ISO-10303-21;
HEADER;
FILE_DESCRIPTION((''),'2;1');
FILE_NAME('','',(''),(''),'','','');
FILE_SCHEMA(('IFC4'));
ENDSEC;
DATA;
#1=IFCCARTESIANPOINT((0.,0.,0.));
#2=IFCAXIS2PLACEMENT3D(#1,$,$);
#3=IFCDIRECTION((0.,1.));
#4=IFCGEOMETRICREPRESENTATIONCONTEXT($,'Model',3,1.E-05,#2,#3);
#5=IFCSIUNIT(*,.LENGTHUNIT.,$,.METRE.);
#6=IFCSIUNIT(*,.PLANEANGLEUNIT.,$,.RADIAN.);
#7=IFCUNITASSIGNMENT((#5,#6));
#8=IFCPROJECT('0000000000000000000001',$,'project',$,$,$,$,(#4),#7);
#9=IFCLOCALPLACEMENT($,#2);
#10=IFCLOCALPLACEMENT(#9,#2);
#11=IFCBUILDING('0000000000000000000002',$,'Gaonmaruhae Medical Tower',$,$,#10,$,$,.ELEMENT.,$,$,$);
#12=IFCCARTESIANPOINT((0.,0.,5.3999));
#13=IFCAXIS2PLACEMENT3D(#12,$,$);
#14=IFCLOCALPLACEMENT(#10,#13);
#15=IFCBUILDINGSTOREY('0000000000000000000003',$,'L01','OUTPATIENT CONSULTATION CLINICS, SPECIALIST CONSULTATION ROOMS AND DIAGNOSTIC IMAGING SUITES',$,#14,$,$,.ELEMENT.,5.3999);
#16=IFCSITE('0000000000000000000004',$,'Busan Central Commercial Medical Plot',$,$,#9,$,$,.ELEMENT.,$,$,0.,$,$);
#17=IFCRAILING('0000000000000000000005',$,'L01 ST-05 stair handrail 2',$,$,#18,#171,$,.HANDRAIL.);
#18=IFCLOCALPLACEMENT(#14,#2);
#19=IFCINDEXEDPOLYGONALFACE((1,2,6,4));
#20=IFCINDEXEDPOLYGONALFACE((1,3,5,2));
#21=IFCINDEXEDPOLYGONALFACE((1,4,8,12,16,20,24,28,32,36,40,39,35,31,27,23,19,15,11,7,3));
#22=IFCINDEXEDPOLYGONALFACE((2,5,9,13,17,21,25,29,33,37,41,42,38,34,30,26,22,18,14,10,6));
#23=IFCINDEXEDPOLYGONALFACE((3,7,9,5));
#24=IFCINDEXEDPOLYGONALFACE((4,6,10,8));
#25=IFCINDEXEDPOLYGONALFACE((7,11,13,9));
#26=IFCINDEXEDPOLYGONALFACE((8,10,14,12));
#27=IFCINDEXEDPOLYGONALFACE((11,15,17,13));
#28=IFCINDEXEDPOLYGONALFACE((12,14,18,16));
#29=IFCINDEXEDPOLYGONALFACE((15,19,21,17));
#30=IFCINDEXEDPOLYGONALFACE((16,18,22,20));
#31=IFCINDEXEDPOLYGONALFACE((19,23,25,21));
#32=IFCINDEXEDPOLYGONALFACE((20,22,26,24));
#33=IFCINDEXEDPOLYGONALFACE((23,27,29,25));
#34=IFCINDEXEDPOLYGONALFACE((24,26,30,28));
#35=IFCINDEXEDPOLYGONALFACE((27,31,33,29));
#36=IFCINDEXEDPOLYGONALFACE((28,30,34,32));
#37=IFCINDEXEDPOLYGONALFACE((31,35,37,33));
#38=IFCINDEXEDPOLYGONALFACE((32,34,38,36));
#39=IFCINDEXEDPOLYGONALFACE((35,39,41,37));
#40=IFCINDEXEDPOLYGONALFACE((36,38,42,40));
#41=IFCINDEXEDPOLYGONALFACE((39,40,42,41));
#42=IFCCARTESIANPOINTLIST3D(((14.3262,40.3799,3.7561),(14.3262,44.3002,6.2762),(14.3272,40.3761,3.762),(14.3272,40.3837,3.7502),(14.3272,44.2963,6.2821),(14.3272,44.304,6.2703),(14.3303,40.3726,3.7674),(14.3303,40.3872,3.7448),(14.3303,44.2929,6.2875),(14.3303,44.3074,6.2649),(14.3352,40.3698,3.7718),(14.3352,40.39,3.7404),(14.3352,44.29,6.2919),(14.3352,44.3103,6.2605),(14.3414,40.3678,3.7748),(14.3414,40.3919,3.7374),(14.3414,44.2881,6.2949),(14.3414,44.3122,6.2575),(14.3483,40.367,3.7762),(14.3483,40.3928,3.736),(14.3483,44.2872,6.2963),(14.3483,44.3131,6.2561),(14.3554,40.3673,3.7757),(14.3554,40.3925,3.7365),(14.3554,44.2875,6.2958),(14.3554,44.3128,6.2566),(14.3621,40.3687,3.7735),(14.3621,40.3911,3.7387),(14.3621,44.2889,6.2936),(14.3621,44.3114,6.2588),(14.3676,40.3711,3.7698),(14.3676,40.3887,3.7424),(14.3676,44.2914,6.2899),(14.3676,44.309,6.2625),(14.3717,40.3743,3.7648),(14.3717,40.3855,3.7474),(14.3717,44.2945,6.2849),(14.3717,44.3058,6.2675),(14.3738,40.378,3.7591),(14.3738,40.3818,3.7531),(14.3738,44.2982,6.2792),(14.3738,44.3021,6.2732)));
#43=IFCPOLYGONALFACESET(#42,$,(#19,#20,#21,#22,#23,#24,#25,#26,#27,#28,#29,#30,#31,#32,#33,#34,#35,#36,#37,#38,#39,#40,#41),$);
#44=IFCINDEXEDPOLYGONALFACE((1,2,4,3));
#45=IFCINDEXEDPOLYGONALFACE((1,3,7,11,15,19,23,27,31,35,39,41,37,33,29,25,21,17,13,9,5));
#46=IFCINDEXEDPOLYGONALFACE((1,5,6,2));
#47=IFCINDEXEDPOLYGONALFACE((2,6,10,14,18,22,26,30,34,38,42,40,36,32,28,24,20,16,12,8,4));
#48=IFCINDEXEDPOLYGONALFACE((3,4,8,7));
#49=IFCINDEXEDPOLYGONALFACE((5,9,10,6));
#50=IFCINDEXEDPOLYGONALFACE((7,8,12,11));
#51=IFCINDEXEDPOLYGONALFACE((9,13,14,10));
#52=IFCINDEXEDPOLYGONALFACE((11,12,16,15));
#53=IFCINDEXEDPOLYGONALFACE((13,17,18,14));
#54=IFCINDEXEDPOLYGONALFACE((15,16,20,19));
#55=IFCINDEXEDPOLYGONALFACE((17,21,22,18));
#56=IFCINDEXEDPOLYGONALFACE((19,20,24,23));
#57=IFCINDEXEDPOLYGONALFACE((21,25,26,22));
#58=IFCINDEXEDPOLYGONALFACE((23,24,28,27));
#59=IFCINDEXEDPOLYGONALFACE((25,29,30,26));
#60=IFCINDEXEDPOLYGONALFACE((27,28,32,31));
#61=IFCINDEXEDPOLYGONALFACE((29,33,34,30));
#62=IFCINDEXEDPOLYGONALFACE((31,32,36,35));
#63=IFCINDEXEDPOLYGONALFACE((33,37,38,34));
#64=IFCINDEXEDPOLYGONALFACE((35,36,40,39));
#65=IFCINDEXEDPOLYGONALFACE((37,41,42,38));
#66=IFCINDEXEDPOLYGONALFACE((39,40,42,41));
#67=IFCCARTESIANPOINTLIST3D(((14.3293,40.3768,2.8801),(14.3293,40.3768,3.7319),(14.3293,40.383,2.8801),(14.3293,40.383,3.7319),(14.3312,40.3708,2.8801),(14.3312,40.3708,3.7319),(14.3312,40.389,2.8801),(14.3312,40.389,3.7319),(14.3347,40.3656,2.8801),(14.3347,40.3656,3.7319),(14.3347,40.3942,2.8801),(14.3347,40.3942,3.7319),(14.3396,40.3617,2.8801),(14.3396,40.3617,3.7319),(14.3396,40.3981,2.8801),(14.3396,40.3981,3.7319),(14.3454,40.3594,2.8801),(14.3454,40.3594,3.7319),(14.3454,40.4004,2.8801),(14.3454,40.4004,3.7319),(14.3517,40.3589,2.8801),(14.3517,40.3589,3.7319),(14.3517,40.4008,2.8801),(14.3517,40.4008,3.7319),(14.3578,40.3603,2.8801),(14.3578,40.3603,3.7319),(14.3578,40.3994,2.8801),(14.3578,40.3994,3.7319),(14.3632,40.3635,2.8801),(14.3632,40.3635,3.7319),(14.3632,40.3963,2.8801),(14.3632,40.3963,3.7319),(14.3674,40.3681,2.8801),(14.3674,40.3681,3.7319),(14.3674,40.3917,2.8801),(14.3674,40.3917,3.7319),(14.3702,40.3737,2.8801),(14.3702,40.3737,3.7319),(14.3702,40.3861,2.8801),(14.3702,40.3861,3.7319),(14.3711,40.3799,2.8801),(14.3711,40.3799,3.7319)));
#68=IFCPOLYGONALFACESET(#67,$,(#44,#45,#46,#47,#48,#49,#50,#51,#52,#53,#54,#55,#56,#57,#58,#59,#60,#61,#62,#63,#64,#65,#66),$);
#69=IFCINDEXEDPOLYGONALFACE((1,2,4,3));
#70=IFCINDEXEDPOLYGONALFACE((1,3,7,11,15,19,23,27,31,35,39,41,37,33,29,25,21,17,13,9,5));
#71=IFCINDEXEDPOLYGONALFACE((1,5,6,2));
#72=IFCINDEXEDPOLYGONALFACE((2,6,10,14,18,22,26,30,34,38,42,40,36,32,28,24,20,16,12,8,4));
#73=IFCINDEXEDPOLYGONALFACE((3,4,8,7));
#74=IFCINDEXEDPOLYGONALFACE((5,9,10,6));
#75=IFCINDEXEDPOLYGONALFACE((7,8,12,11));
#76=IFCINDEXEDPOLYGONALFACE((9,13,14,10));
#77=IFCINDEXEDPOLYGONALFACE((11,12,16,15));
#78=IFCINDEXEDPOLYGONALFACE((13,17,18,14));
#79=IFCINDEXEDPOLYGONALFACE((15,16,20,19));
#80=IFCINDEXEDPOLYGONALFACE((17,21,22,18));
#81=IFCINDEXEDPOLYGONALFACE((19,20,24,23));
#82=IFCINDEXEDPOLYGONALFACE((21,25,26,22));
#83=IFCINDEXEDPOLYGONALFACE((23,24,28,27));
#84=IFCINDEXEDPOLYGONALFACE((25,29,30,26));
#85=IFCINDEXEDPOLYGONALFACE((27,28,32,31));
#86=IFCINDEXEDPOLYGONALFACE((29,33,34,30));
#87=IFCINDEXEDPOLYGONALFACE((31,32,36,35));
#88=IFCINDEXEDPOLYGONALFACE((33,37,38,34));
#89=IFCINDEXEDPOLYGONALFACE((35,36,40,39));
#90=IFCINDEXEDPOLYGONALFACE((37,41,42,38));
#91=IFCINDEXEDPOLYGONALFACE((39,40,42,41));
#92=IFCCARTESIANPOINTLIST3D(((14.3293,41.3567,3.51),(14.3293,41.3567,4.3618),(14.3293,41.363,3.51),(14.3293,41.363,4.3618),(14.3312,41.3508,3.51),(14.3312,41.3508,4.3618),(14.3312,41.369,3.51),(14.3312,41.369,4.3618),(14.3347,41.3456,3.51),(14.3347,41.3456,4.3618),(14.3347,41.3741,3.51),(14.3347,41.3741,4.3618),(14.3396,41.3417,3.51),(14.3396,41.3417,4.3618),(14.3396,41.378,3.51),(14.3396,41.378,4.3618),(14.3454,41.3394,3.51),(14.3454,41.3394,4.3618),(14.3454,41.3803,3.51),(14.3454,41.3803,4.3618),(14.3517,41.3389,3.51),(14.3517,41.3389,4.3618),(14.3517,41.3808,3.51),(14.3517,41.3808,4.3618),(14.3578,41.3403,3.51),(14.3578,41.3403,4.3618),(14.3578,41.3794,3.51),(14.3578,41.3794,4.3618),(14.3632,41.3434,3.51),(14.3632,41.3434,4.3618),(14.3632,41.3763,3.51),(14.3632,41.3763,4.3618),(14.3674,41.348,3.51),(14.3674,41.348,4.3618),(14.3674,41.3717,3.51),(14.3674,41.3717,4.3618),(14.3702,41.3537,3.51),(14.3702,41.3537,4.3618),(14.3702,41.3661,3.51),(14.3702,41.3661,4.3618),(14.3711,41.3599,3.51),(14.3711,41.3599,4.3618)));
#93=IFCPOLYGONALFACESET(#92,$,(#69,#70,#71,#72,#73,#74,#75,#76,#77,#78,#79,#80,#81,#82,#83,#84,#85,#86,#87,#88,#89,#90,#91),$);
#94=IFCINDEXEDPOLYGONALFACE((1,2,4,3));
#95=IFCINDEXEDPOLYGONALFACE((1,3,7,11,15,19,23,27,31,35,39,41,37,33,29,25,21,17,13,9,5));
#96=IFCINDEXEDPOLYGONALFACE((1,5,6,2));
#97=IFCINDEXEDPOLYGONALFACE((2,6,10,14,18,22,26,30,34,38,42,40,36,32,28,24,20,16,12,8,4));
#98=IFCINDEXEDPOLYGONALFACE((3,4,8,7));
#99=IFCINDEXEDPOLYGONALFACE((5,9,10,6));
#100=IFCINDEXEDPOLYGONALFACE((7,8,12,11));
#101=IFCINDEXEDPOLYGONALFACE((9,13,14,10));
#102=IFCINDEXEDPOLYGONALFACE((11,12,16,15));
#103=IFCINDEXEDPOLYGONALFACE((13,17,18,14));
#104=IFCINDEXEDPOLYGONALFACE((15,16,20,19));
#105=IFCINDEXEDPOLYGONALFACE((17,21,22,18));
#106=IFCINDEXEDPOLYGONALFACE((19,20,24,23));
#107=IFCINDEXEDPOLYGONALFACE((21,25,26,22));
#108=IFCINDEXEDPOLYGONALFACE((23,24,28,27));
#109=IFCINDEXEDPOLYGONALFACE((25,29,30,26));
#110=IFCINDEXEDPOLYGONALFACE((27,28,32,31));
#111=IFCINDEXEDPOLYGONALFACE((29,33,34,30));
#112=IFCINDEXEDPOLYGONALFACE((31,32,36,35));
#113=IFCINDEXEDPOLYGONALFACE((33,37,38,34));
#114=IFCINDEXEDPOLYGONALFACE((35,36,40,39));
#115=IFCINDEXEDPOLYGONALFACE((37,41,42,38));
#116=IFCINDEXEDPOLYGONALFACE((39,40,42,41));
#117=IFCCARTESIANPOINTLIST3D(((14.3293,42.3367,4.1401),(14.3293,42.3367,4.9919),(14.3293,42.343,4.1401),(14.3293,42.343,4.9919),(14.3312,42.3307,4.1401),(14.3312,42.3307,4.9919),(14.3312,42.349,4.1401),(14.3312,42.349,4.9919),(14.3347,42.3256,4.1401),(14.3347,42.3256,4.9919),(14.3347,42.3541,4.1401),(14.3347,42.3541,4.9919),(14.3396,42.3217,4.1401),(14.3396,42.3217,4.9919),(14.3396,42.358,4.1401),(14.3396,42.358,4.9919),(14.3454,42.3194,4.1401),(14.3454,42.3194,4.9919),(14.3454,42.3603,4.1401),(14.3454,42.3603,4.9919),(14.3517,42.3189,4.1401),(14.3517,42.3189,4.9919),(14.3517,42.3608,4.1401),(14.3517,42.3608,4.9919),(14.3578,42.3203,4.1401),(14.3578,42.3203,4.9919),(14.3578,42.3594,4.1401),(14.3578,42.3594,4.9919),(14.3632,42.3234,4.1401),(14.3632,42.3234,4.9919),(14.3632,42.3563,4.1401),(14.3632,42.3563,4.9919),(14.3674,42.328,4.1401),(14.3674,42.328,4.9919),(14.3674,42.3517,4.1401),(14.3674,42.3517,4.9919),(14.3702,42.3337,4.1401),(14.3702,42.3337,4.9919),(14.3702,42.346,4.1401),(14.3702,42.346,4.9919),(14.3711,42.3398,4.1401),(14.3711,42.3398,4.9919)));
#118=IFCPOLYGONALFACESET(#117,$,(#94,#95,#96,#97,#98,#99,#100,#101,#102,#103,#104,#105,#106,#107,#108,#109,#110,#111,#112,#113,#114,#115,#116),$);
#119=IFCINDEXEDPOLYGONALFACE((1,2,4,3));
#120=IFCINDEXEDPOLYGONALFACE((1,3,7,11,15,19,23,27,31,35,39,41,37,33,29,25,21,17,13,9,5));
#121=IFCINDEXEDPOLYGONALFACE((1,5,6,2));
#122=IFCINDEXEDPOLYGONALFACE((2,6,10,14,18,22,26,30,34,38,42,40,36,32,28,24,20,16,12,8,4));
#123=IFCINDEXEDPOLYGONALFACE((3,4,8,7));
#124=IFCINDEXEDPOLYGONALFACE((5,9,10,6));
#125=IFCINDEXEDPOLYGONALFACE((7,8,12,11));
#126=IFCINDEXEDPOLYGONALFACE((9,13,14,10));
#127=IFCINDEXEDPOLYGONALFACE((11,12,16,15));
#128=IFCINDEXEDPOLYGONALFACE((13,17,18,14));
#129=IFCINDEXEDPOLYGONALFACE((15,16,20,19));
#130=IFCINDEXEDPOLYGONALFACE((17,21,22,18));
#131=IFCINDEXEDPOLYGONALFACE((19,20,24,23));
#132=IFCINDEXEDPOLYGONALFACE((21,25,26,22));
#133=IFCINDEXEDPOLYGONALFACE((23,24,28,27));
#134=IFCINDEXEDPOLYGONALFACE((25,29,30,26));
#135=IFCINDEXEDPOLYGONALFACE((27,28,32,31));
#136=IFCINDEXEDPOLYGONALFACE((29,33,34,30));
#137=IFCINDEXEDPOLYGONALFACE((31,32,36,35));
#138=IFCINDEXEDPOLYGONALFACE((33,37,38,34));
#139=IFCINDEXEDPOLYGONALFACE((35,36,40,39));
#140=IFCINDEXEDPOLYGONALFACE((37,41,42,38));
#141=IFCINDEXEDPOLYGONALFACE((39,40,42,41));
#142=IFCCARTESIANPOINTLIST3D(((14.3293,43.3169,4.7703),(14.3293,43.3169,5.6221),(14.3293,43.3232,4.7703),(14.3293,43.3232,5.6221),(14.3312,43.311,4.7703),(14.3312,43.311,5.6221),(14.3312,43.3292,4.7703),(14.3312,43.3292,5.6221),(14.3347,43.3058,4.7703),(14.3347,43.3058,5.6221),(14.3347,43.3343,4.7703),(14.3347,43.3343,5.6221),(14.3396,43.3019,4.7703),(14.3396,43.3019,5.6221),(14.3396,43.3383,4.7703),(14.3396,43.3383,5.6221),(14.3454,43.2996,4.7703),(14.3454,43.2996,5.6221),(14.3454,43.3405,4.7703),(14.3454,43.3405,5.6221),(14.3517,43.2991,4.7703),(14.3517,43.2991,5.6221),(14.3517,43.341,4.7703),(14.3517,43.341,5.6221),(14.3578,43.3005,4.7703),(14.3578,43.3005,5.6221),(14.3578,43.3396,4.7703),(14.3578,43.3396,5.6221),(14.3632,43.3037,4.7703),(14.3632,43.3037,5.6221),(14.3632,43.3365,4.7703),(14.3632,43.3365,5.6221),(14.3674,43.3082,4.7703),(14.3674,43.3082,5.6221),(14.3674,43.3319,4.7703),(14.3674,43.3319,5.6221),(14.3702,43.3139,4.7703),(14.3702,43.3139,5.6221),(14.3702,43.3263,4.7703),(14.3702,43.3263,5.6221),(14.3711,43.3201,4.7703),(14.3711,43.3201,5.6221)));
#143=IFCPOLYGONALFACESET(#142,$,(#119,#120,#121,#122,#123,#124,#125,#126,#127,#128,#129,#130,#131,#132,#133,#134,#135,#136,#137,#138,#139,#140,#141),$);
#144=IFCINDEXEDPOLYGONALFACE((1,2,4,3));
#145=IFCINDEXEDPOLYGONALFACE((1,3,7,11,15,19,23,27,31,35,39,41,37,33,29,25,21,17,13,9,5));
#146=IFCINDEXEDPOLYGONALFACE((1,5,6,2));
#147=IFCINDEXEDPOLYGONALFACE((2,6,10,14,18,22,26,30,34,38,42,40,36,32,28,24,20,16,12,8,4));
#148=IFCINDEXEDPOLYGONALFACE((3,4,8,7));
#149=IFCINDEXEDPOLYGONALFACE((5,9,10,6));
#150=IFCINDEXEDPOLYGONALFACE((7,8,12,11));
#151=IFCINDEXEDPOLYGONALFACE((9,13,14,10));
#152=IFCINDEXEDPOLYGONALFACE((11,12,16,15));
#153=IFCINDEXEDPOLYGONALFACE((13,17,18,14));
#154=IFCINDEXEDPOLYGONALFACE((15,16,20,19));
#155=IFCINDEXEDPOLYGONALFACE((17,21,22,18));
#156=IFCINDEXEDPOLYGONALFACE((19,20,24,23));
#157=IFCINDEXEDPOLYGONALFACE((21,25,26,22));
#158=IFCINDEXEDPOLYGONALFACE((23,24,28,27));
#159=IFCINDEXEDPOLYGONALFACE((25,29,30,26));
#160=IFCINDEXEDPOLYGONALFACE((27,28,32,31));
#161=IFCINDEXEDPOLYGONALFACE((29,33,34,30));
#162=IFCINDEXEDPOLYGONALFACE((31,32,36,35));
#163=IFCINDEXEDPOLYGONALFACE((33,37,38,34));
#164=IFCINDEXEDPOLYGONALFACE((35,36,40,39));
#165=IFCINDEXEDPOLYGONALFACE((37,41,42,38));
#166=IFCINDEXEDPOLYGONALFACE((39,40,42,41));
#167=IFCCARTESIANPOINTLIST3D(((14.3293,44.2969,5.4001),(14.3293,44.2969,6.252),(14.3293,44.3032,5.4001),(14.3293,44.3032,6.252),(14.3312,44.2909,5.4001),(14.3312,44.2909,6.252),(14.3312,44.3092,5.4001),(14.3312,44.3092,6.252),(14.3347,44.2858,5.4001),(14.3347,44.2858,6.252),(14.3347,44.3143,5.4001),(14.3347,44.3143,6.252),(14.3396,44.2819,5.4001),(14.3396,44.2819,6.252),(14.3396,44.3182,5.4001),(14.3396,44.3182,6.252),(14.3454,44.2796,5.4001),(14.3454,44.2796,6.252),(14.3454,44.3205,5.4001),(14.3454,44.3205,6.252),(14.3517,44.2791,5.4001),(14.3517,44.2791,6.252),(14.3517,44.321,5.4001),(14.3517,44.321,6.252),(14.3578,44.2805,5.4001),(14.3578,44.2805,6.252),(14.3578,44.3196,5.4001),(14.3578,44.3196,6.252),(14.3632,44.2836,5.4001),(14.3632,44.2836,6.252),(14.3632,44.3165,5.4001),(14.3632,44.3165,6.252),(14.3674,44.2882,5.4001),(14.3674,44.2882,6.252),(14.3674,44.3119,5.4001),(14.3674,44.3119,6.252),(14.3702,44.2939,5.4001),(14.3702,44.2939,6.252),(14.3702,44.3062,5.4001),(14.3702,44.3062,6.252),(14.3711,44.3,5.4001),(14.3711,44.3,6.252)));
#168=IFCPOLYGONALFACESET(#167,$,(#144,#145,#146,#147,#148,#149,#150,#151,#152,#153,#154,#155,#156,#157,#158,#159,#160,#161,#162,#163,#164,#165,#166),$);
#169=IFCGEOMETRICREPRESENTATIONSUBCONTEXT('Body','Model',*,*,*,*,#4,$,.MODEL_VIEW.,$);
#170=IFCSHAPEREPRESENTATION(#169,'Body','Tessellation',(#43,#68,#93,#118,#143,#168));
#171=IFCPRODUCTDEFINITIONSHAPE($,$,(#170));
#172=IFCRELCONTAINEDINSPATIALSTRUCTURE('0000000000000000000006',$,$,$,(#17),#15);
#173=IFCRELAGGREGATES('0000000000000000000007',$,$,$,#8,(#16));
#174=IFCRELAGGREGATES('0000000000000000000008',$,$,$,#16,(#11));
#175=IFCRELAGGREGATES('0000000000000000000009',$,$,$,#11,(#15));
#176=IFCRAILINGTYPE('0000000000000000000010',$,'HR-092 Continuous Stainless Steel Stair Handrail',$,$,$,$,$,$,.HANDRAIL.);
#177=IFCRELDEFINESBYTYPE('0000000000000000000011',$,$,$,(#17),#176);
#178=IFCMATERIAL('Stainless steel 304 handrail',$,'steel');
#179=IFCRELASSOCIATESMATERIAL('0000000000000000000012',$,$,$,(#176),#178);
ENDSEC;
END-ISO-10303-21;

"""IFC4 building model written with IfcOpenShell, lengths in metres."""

from ifc_helpers import new_model, si_unit, direction, frame, origin, origin_2d, place, context, subcontext, project, spatial, circle, extrude, material, type_object, element, save


model = new_model("IFC4")

# Units and contexts
model_context = context("Model", 3, precision=1e-05, world=origin(), true_north=direction((0.0, 1.0)))
body_context = subcontext(model_context, "Body", "Model", "MODEL_VIEW")
ifc_project = project(units=[si_unit("LENGTHUNIT", "METRE"), si_unit("PLANEANGLEUNIT", "RADIAN")], contexts=[model_context])

# Site, building, storey
site_placement = place(None, origin())
site = spatial("IfcSite", under=ifc_project, at=site_placement, Name="Busan Central Commercial Medical Plot", CompositionType="ELEMENT", RefElevation=0.0)
building_placement = place(site_placement, origin())
building = spatial("IfcBuilding", under=site, at=building_placement, Name="Gaonmaruhae Medical Tower", CompositionType="ELEMENT")
storey_placement = place(building_placement, frame((0.0, 0.0, 5.3999)))
storey = spatial("IfcBuildingStorey", under=building, at=storey_placement, Name="L01", Description="OUTPATIENT CONSULTATION CLINICS, SPECIALIST CONSULTATION ROOMS AND DIAGNOSTIC IMAGING SUITES", CompositionType="ELEMENT", Elevation=5.3999)

# Railing
ifc_material_1 = material(Name="Stainless steel 304 handrail", Category="steel")
railing_type_1 = type_object("IfcRailingType", Name="HR-092 Continuous Stainless Steel Stair Handrail", PredefinedType="HANDRAIL", material=ifc_material_1)
railing_1_placement = place(storey_placement, frame((14.3501, 40.3799, 2.8801)))
element("IfcRailing", 1, at=railing_1_placement, inside=storey, type_object=railing_type_1, Name="L01 ST-05 stair handrail 2", PredefinedType="HANDRAIL", context=body_context, shape_type="SweptSolid", body=[
    extrude(circle(Radius=0.0239, at=origin_2d()), frame((0.0, 0.0, 0.876), z_axis=(0.0, 0.841187, 0.540744), x_axis=(-1.0, 0.0, 0.0)), (0.0, 0.0, 1.0), 4.6604),
    extrude(circle(Radius=0.021, at=origin_2d()), origin(), (0.0, 0.0, 1.0), 0.8518),
    extrude(circle(Radius=0.021, at=origin_2d()), frame((0.0, 0.98, 0.6299)), (0.0, 0.0, 1.0), 0.8518),
    extrude(circle(Radius=0.021, at=origin_2d()), frame((0.0, 1.96, 1.26)), (0.0, 0.0, 1.0), 0.8518),
    extrude(circle(Radius=0.021, at=origin_2d()), frame((0.0, 2.9402, 1.8901)), (0.0, 0.0, 1.0), 0.8518),
    extrude(circle(Radius=0.021, at=origin_2d()), frame((0.0, 3.9202, 2.52)), (0.0, 0.0, 1.0), 0.8518),
])

save(model, "model.ifc")
